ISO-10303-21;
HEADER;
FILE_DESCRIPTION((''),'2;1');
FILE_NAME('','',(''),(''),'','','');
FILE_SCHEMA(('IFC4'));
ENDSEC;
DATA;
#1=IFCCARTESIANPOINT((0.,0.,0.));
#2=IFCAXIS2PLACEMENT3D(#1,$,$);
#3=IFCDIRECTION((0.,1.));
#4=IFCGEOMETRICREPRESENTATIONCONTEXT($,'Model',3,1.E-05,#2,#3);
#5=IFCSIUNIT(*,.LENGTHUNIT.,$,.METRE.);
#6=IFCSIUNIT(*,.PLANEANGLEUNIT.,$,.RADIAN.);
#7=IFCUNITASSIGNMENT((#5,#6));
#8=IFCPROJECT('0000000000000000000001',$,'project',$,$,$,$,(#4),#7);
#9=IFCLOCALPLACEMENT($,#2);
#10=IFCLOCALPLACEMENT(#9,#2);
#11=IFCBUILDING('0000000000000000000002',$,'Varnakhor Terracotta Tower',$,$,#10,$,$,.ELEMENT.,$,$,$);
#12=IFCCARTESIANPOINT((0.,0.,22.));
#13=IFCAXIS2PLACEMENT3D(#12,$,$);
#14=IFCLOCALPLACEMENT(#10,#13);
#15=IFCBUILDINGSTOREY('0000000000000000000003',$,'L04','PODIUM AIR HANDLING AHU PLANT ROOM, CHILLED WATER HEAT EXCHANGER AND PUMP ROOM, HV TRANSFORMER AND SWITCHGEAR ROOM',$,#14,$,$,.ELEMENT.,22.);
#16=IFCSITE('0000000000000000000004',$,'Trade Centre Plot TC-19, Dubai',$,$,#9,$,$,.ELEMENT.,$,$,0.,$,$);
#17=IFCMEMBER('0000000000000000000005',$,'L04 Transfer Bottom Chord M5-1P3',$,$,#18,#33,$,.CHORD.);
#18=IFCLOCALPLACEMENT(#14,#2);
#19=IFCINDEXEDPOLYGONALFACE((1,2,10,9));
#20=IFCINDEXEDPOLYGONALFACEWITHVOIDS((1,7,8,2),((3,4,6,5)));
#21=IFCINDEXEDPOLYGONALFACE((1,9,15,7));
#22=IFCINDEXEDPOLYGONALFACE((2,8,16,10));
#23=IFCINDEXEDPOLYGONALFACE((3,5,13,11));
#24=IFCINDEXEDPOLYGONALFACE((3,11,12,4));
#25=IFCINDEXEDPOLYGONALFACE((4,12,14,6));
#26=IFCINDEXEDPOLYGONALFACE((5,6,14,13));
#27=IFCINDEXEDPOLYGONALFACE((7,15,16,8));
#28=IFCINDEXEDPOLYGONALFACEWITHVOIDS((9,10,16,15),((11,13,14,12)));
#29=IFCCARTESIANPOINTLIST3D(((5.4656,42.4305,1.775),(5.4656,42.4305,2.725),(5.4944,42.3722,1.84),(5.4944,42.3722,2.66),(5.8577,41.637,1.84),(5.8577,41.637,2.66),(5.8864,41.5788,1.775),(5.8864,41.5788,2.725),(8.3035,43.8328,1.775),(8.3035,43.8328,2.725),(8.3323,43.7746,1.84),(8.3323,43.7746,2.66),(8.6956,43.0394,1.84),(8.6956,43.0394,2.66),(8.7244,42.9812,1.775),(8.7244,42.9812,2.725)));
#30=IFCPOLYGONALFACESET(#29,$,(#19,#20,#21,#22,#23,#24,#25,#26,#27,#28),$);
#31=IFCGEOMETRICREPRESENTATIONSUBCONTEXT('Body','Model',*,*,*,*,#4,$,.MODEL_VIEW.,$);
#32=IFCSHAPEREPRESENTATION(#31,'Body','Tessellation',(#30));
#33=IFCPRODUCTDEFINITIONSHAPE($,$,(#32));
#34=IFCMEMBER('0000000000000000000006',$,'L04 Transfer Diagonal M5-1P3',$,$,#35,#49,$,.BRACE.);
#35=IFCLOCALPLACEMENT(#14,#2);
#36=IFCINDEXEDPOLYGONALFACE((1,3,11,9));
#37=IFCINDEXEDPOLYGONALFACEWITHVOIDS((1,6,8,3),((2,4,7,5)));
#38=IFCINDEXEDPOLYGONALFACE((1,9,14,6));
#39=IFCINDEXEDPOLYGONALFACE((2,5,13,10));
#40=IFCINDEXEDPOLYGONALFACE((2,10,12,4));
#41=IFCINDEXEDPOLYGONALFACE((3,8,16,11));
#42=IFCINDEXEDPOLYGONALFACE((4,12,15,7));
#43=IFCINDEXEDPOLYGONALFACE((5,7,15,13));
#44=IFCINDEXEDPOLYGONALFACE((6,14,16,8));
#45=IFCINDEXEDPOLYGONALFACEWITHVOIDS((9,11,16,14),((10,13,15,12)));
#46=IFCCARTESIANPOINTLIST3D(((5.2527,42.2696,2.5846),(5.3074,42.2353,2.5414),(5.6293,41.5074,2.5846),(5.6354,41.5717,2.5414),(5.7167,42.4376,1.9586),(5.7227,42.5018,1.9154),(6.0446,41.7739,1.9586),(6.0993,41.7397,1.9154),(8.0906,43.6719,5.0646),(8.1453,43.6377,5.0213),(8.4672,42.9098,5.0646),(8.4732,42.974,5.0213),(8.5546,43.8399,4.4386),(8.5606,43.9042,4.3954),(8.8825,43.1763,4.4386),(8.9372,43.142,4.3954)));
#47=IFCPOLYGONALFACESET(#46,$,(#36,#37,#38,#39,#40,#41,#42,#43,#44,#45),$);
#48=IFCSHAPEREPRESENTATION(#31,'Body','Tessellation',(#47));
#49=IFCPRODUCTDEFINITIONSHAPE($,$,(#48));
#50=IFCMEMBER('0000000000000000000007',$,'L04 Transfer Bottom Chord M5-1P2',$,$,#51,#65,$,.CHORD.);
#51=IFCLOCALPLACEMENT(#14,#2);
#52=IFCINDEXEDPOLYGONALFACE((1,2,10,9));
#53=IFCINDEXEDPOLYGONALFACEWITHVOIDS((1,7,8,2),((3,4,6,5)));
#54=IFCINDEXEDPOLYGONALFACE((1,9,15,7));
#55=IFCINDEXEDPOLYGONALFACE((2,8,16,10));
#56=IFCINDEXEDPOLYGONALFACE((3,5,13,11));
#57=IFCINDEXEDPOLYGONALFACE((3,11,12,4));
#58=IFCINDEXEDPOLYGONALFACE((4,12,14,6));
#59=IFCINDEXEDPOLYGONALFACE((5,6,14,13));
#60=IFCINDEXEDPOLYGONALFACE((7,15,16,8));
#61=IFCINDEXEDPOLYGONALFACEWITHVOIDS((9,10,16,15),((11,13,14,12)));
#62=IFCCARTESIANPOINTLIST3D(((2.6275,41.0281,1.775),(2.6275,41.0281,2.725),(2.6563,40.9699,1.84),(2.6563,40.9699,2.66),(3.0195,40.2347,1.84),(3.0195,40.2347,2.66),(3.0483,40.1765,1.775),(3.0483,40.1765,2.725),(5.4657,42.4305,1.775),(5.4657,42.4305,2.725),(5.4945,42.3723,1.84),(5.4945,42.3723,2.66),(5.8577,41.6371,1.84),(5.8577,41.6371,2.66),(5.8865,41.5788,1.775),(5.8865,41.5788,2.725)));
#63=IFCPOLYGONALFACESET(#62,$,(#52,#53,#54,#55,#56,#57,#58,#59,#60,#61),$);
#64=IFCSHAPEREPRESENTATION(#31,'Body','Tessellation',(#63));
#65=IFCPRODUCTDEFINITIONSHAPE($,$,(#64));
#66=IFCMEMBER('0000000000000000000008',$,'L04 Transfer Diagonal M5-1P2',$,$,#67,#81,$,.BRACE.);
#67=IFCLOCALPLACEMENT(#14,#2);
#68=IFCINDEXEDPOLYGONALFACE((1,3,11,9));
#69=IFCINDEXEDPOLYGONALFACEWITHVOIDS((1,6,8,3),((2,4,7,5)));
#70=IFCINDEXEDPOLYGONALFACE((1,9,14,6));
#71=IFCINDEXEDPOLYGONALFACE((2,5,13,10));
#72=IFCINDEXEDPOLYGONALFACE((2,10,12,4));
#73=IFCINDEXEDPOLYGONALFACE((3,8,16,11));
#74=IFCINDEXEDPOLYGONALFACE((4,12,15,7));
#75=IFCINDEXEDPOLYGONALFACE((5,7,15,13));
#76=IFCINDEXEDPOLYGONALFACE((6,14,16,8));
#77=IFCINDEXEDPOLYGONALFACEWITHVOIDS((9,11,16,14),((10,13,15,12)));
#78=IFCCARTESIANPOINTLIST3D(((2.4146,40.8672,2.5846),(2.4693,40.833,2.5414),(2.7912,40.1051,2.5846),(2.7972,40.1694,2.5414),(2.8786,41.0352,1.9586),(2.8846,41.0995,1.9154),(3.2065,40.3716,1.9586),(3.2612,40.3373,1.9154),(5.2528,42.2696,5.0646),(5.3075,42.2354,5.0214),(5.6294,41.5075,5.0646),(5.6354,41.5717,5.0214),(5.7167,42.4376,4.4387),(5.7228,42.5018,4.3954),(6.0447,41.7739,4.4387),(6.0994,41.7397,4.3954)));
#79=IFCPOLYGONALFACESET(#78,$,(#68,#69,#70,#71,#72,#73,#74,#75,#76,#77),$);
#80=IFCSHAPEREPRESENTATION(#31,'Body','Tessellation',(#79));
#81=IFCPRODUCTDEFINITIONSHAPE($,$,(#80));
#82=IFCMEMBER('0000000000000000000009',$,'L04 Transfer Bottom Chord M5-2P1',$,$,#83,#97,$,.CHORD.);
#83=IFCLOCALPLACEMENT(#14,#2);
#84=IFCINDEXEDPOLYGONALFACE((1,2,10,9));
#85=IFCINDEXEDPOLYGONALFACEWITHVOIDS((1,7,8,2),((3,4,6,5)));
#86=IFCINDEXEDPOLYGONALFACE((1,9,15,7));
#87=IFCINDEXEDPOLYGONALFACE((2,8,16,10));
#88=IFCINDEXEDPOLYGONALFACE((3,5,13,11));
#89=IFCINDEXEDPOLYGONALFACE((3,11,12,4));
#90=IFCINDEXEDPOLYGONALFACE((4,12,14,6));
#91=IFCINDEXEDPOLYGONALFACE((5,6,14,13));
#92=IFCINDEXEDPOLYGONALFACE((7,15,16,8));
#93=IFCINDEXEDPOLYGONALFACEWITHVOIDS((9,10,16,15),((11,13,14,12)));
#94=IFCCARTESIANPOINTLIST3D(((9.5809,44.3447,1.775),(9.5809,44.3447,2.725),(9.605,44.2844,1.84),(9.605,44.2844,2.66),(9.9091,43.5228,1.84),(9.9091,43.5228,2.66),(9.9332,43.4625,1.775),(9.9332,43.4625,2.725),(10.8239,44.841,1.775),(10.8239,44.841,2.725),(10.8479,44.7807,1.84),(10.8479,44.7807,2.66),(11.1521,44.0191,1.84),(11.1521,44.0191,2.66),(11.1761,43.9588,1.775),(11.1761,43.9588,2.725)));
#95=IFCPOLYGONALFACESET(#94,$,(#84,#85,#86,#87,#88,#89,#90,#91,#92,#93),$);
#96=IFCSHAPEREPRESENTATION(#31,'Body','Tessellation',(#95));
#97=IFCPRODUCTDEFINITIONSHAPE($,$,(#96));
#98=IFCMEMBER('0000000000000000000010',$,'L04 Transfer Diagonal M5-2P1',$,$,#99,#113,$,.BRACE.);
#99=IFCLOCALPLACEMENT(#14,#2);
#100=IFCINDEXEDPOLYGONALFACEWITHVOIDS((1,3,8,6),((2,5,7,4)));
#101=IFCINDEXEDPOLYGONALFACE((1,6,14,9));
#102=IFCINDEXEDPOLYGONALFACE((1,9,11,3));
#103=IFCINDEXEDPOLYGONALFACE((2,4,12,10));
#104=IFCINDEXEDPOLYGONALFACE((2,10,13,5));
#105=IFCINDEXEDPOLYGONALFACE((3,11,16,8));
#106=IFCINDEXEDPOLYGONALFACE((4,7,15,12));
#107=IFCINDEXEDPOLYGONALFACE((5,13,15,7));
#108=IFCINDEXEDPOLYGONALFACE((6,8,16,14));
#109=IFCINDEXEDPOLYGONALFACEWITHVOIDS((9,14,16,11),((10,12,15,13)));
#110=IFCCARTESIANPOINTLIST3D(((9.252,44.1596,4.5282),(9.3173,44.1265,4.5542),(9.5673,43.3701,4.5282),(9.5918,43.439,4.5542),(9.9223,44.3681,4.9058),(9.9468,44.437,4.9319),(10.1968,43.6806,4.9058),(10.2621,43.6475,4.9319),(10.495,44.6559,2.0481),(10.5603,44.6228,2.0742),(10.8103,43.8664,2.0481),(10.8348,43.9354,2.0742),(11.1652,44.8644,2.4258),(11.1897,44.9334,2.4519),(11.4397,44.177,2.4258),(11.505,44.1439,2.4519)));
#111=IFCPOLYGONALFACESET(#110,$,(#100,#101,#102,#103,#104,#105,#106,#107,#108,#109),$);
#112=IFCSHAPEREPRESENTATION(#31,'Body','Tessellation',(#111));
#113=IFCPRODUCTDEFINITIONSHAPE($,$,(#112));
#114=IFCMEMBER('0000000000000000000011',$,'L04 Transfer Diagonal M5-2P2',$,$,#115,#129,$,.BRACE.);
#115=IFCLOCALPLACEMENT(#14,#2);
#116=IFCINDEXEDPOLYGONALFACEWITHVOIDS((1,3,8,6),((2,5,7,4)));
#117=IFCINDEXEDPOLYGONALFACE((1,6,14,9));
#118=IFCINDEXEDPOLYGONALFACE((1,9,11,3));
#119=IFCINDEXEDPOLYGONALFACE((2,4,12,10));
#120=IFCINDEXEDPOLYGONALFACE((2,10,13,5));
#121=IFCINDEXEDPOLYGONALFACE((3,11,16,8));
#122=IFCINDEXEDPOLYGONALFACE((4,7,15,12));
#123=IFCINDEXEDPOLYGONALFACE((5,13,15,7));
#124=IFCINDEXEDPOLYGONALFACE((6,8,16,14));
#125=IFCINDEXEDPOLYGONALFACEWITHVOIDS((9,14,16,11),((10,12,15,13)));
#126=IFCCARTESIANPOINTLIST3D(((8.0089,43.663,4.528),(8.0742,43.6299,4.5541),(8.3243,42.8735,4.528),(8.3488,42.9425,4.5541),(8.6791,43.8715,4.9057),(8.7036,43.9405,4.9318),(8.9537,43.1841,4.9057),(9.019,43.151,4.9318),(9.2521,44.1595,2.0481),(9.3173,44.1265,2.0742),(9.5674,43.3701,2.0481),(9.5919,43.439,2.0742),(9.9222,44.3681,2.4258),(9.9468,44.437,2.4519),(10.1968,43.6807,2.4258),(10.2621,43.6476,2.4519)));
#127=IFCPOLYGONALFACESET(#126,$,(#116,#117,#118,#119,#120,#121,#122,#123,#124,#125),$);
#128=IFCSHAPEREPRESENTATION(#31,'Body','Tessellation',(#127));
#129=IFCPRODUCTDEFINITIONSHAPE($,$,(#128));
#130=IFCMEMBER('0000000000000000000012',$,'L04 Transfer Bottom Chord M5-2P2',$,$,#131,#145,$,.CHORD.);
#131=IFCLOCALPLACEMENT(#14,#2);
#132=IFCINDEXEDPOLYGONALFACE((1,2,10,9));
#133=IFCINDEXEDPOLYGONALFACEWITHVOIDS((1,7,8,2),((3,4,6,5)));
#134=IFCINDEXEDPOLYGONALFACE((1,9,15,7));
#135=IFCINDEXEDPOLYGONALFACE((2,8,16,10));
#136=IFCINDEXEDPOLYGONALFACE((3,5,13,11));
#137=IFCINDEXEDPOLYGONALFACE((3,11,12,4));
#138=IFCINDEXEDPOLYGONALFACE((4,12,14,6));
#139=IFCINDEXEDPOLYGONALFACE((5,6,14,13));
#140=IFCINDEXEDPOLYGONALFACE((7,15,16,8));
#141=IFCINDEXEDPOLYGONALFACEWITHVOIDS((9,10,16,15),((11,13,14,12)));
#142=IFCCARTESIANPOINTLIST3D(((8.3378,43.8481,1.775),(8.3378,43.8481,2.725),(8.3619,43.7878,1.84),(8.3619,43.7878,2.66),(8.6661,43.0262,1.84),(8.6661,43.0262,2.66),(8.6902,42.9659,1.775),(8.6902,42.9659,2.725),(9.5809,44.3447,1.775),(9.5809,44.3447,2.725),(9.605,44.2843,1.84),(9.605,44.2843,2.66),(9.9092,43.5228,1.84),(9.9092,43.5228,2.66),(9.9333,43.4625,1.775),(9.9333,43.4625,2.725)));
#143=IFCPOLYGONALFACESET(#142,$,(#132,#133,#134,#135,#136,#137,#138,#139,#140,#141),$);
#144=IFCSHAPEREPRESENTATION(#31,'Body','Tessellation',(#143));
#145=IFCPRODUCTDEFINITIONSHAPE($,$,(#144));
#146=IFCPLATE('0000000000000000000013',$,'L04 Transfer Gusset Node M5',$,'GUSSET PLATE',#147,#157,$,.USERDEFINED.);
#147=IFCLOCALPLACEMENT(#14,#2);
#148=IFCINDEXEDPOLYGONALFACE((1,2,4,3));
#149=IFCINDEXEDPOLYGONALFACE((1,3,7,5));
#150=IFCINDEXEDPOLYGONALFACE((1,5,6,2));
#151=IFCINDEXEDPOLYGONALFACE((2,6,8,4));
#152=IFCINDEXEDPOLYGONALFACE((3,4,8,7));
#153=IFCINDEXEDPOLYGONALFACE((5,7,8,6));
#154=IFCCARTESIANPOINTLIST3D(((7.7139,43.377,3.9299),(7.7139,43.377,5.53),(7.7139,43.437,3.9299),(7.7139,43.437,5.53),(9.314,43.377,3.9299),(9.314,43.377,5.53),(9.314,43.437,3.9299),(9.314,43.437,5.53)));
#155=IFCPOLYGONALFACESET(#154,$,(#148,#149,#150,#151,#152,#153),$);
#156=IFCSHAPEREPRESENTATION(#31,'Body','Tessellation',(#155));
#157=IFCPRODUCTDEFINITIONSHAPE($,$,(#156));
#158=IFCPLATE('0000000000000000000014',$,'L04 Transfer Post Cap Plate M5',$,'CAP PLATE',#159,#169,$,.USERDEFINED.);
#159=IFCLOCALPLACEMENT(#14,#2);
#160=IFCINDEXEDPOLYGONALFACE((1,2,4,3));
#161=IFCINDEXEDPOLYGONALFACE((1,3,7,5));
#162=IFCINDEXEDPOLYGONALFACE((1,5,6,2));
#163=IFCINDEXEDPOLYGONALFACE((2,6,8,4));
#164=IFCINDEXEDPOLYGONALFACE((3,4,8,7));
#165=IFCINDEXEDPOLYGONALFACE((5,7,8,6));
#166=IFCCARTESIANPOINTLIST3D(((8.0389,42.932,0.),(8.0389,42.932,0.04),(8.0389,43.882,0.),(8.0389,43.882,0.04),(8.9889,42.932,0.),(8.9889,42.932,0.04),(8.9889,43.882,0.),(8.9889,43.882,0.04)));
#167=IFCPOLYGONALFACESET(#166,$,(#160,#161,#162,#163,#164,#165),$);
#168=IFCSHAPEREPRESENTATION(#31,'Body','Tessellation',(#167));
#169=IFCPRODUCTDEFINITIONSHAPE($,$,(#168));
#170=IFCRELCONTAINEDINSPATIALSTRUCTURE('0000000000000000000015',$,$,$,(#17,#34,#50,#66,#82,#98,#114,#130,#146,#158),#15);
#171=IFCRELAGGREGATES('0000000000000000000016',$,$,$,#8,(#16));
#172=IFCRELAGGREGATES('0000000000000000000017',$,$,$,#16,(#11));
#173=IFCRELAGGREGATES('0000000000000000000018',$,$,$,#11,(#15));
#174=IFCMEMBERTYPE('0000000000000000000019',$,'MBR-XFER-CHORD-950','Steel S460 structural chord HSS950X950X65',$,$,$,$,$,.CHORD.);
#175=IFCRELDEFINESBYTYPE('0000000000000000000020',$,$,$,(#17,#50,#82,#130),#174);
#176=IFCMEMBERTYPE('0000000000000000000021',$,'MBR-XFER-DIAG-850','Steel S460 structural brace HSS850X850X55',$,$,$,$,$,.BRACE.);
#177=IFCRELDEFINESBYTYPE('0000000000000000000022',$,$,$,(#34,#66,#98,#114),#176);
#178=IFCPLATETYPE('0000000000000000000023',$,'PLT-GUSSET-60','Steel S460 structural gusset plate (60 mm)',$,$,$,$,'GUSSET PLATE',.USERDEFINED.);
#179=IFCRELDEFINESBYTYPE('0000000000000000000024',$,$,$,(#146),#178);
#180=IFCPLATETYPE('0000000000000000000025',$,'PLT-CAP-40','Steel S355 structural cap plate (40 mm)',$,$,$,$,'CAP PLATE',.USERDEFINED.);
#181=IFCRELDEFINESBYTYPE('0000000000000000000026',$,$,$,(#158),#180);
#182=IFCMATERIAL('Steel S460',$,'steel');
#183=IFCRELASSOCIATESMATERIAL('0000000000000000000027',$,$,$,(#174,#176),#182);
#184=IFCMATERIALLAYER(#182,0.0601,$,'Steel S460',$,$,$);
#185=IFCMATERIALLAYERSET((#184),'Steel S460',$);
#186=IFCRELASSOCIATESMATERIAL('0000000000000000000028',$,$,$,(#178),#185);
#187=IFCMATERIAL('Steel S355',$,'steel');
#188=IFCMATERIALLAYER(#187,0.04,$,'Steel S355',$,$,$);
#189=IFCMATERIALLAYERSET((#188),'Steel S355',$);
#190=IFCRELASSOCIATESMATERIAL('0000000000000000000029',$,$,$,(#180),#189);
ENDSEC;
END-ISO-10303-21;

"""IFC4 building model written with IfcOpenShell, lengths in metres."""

from ifc_helpers import new_model, si_unit, direction, frame, origin, origin_2d, place, context, subcontext, project, spatial, rectangle, hollow_rectangle, extrude, source, transform, mapped, material, layer, layer_set, material_profile, profile_set, type_object, type_shapes, element, save


model = new_model("IFC4")

# Units and contexts
model_context = context("Model", 3, precision=1e-05, world=origin(), true_north=direction((0.0, 1.0)))
body_context = subcontext(model_context, "Body", "Model", "MODEL_VIEW")
ifc_project = project(units=[si_unit("LENGTHUNIT", "METRE"), si_unit("PLANEANGLEUNIT", "RADIAN")], contexts=[model_context])

# Site, building, storey
site_placement = place(None, origin())
site = spatial("IfcSite", under=ifc_project, at=site_placement, Name="Trade Centre Plot TC-19, Dubai", CompositionType="ELEMENT", RefElevation=0.0)
building_placement = place(site_placement, origin())
building = spatial("IfcBuilding", under=site, at=building_placement, Name="Varnakhor Terracotta Tower", CompositionType="ELEMENT")
storey_placement = place(building_placement, frame((0.0, 0.0, 22.0)))
storey = spatial("IfcBuildingStorey", under=building, at=storey_placement, Name="L04", Description="PODIUM AIR HANDLING AHU PLANT ROOM, CHILLED WATER HEAT EXCHANGER AND PUMP ROOM, HV TRANSFORMER AND SWITCHGEAR ROOM", CompositionType="ELEMENT", Elevation=22.0)

# Shared definitions
ifc_material_1 = material(Name="Steel S355", Category="steel")

# Members
ifc_material_2 = material(Name="Steel S460", Category="steel")
ifc_material_profile_1 = material_profile(ifc_material_2, hollow_rectangle(XDim=0.95, YDim=0.95, WallThickness=0.0649, at=origin_2d()), Name="HSS950X950X65")
ifc_profile_set_1 = profile_set([ifc_material_profile_1], Name="Steel S460")
member_type_1 = type_object("IfcMemberType", Name="MBR-XFER-CHORD-950", Description="Steel S460 structural chord HSS950X950X65", PredefinedType="CHORD", material=ifc_profile_set_1)
shared_shape_1 = source(origin(), body_context, "Body", "SweptSolid", [
    extrude(hollow_rectangle(XDim=0.95, YDim=0.95, WallThickness=0.0649, at=origin_2d()), origin(), (0.0, 0.0, 1.0), 3.1655),
])
member_1_placement = place(storey_placement, frame((5.676, 42.0046, 2.25), z_axis=(0.896515, 0.443013, 0.0), x_axis=(-0.443013, 0.896515, 0.0)))
element("IfcMember", 1, at=member_1_placement, inside=storey, type_object=member_type_1, Name="L04 Transfer Bottom Chord M5-1P3", PredefinedType="CHORD", context=body_context, shape_type="MappedRepresentation", body=[
    mapped(shared_shape_1, transform((0.0, 0.0, 0.0), scale=1.0)),
])
ifc_material_profile_2 = material_profile(ifc_material_2, hollow_rectangle(XDim=0.8501, YDim=0.8501, WallThickness=0.0549, at=origin_2d()), Name="HSS850X850X55")
ifc_profile_set_2 = profile_set([ifc_material_profile_2], Name="Steel S460")
member_type_2 = type_object("IfcMemberType", Name="MBR-XFER-DIAG-850", Description="Steel S460 structural brace HSS850X850X55", PredefinedType="BRACE", material=ifc_profile_set_2)
shared_shape_2 = source(origin(), body_context, "Body", "SweptSolid", [
    extrude(hollow_rectangle(XDim=0.8501, YDim=0.8501, WallThickness=0.0549, at=origin_2d()), origin(), (0.0, 0.0, 1.0), 4.0212),
])
member_2_placement = place(storey_placement, frame((5.676, 42.0046, 2.25), z_axis=(0.705723, 0.348733, 0.616718), x_axis=(-0.443013, 0.896515, 0.0)))
element("IfcMember", 2, at=member_2_placement, inside=storey, type_object=member_type_2, Name="L04 Transfer Diagonal M5-1P3", PredefinedType="BRACE", context=body_context, shape_type="MappedRepresentation", body=[
    mapped(shared_shape_2, transform((0.0, 0.0, 0.0), scale=1.0)),
])
shared_shape_3 = source(origin(), body_context, "Body", "SweptSolid", [
    extrude(hollow_rectangle(XDim=0.95, YDim=0.95, WallThickness=0.0649, at=origin_2d()), origin(), (0.0, 0.0, 1.0), 3.1658),
])
member_3_placement = place(storey_placement, frame((2.8379, 40.6023, 2.25), z_axis=(0.89653, 0.442982, 0.0), x_axis=(-0.442982, 0.89653, 0.0)))
element("IfcMember", 3, at=member_3_placement, inside=storey, type_object=member_type_1, Name="L04 Transfer Bottom Chord M5-1P2", PredefinedType="CHORD", context=body_context, shape_type="MappedRepresentation", body=[
    mapped(shared_shape_3, transform((0.0, 0.0, 0.0), scale=1.0)),
])
shared_shape_4 = source(origin(), body_context, "Body", "SweptSolid", [
    extrude(hollow_rectangle(XDim=0.8501, YDim=0.8501, WallThickness=0.0549, at=origin_2d()), origin(), (0.0, 0.0, 1.0), 4.0215),
])
member_4_placement = place(storey_placement, frame((2.8379, 40.6023, 2.25), z_axis=(0.705753, 0.348718, 0.616692), x_axis=(-0.442982, 0.89653, 0.0)))
element("IfcMember", 4, at=member_4_placement, inside=storey, type_object=member_type_2, Name="L04 Transfer Diagonal M5-1P2", PredefinedType="BRACE", context=body_context, shape_type="MappedRepresentation", body=[
    mapped(shared_shape_4, transform((0.0, 0.0, 0.0), scale=1.0)),
])
shared_shape_5 = source(origin(), body_context, "Body", "SweptSolid", [
    extrude(hollow_rectangle(XDim=0.95, YDim=0.95, WallThickness=0.0649, at=origin_2d()), origin(), (0.0, 0.0, 1.0), 1.3384),
])
member_5_placement = place(storey_placement, frame((11.0, 44.3999, 2.25), z_axis=(-0.92869, -0.370856, 0.0), x_axis=(0.370856, -0.92869, 0.0)))
element("IfcMember", 5, at=member_5_placement, inside=storey, type_object=member_type_1, Name="L04 Transfer Bottom Chord M5-2P1", PredefinedType="CHORD", context=body_context, shape_type="MappedRepresentation", body=[
    mapped(shared_shape_5, transform((0.0, 0.0, 0.0), scale=1.0)),
])
shared_shape_6 = source(origin(), body_context, "Body", "SweptSolid", [
    extrude(hollow_rectangle(XDim=0.8501, YDim=0.8501, WallThickness=0.0549, at=origin_2d()), origin(), (0.0, 0.0, 1.0), 2.8181),
])
for number, where, z_axis, x_axis, name in (
    (6, (11.0, 44.3999, 2.25), (-0.441054, -0.176127, 0.880029), (0.370856, -0.92869, 0.0), "L04 Transfer Diagonal M5-2P1"),
    (7, (9.7571, 43.9036, 2.25), (-0.441117, -0.176204, 0.879982), (0.37095, -0.928653, 0.0), "L04 Transfer Diagonal M5-2P2"),
):
    element("IfcMember", number, at=place(storey_placement, frame(where, z_axis=z_axis, x_axis=x_axis)), inside=storey, type_object=member_type_2, Name=name, PredefinedType="BRACE", context=body_context, shape_type="MappedRepresentation", body=[
        mapped(shared_shape_6, transform((0.0, 0.0, 0.0), scale=1.0)),
    ])
shared_shape_7 = source(origin(), body_context, "Body", "SweptSolid", [
    extrude(hollow_rectangle(XDim=0.95, YDim=0.95, WallThickness=0.0649, at=origin_2d()), origin(), (0.0, 0.0, 1.0), 1.3386),
])
member_6_placement = place(storey_placement, frame((9.7571, 43.9036, 2.25), z_axis=(-0.928653, -0.37095, 0.0), x_axis=(0.37095, -0.928653, 0.0)))
element("IfcMember", 8, at=member_6_placement, inside=storey, type_object=member_type_1, Name="L04 Transfer Bottom Chord M5-2P2", PredefinedType="CHORD", context=body_context, shape_type="MappedRepresentation", body=[
    mapped(shared_shape_7, transform((0.0, 0.0, 0.0), scale=1.0)),
])

# Plates
ifc_layer_1 = layer(ifc_material_2, 0.0601, Name="Steel S460")
ifc_layer_set_1 = layer_set([ifc_layer_1], Name="Steel S460")
plate_type_1 = type_object("IfcPlateType", Name="PLT-GUSSET-60", Description="Steel S460 structural gusset plate (60 mm)", ElementType="GUSSET PLATE", PredefinedType="USERDEFINED", material=ifc_layer_set_1)
shared_shape_8 = source(origin(), body_context, "Body", "SweptSolid", [
    extrude(rectangle(XDim=1.6001, YDim=0.0601, at=origin_2d()), origin(), (0.0, 0.0, 1.0), 1.6001),
])
type_shapes(plate_type_1, [shared_shape_8])
plate_1_placement = place(storey_placement, frame((8.5139, 43.407, 3.9299), z_axis=(0.0, 0.0, 1.0), x_axis=(1.0, 0.0, 0.0)))
element("IfcPlate", 9, at=plate_1_placement, inside=storey, type_object=plate_type_1, Name="L04 Transfer Gusset Node M5", ObjectType="GUSSET PLATE", PredefinedType="USERDEFINED", context=body_context, shape_type="MappedRepresentation", body=[
    mapped(shared_shape_8, transform((0.0, 0.0, 0.0), scale=1.0)),
])
ifc_layer_2 = layer(ifc_material_1, 0.04, Name="Steel S355")
ifc_layer_set_2 = layer_set([ifc_layer_2], Name="Steel S355")
plate_type_2 = type_object("IfcPlateType", Name="PLT-CAP-40", Description="Steel S355 structural cap plate (40 mm)", ElementType="CAP PLATE", PredefinedType="USERDEFINED", material=ifc_layer_set_2)
shared_shape_9 = source(origin(), body_context, "Body", "SweptSolid", [
    extrude(rectangle(XDim=0.95, YDim=0.95, at=origin_2d()), origin(), (0.0, 0.0, 1.0), 0.04),
])
plate_2_placement = place(storey_placement, frame((8.5139, 43.407, 0.0), z_axis=(0.0, 0.0, 1.0), x_axis=(1.0, 0.0, 0.0)))
element("IfcPlate", 10, at=plate_2_placement, inside=storey, type_object=plate_type_2, Name="L04 Transfer Post Cap Plate M5", ObjectType="CAP PLATE", PredefinedType="USERDEFINED", context=body_context, shape_type="MappedRepresentation", body=[
    mapped(shared_shape_9, transform((0.0, 0.0, 0.0), scale=1.0)),
])

save(model, "model.ifc")
